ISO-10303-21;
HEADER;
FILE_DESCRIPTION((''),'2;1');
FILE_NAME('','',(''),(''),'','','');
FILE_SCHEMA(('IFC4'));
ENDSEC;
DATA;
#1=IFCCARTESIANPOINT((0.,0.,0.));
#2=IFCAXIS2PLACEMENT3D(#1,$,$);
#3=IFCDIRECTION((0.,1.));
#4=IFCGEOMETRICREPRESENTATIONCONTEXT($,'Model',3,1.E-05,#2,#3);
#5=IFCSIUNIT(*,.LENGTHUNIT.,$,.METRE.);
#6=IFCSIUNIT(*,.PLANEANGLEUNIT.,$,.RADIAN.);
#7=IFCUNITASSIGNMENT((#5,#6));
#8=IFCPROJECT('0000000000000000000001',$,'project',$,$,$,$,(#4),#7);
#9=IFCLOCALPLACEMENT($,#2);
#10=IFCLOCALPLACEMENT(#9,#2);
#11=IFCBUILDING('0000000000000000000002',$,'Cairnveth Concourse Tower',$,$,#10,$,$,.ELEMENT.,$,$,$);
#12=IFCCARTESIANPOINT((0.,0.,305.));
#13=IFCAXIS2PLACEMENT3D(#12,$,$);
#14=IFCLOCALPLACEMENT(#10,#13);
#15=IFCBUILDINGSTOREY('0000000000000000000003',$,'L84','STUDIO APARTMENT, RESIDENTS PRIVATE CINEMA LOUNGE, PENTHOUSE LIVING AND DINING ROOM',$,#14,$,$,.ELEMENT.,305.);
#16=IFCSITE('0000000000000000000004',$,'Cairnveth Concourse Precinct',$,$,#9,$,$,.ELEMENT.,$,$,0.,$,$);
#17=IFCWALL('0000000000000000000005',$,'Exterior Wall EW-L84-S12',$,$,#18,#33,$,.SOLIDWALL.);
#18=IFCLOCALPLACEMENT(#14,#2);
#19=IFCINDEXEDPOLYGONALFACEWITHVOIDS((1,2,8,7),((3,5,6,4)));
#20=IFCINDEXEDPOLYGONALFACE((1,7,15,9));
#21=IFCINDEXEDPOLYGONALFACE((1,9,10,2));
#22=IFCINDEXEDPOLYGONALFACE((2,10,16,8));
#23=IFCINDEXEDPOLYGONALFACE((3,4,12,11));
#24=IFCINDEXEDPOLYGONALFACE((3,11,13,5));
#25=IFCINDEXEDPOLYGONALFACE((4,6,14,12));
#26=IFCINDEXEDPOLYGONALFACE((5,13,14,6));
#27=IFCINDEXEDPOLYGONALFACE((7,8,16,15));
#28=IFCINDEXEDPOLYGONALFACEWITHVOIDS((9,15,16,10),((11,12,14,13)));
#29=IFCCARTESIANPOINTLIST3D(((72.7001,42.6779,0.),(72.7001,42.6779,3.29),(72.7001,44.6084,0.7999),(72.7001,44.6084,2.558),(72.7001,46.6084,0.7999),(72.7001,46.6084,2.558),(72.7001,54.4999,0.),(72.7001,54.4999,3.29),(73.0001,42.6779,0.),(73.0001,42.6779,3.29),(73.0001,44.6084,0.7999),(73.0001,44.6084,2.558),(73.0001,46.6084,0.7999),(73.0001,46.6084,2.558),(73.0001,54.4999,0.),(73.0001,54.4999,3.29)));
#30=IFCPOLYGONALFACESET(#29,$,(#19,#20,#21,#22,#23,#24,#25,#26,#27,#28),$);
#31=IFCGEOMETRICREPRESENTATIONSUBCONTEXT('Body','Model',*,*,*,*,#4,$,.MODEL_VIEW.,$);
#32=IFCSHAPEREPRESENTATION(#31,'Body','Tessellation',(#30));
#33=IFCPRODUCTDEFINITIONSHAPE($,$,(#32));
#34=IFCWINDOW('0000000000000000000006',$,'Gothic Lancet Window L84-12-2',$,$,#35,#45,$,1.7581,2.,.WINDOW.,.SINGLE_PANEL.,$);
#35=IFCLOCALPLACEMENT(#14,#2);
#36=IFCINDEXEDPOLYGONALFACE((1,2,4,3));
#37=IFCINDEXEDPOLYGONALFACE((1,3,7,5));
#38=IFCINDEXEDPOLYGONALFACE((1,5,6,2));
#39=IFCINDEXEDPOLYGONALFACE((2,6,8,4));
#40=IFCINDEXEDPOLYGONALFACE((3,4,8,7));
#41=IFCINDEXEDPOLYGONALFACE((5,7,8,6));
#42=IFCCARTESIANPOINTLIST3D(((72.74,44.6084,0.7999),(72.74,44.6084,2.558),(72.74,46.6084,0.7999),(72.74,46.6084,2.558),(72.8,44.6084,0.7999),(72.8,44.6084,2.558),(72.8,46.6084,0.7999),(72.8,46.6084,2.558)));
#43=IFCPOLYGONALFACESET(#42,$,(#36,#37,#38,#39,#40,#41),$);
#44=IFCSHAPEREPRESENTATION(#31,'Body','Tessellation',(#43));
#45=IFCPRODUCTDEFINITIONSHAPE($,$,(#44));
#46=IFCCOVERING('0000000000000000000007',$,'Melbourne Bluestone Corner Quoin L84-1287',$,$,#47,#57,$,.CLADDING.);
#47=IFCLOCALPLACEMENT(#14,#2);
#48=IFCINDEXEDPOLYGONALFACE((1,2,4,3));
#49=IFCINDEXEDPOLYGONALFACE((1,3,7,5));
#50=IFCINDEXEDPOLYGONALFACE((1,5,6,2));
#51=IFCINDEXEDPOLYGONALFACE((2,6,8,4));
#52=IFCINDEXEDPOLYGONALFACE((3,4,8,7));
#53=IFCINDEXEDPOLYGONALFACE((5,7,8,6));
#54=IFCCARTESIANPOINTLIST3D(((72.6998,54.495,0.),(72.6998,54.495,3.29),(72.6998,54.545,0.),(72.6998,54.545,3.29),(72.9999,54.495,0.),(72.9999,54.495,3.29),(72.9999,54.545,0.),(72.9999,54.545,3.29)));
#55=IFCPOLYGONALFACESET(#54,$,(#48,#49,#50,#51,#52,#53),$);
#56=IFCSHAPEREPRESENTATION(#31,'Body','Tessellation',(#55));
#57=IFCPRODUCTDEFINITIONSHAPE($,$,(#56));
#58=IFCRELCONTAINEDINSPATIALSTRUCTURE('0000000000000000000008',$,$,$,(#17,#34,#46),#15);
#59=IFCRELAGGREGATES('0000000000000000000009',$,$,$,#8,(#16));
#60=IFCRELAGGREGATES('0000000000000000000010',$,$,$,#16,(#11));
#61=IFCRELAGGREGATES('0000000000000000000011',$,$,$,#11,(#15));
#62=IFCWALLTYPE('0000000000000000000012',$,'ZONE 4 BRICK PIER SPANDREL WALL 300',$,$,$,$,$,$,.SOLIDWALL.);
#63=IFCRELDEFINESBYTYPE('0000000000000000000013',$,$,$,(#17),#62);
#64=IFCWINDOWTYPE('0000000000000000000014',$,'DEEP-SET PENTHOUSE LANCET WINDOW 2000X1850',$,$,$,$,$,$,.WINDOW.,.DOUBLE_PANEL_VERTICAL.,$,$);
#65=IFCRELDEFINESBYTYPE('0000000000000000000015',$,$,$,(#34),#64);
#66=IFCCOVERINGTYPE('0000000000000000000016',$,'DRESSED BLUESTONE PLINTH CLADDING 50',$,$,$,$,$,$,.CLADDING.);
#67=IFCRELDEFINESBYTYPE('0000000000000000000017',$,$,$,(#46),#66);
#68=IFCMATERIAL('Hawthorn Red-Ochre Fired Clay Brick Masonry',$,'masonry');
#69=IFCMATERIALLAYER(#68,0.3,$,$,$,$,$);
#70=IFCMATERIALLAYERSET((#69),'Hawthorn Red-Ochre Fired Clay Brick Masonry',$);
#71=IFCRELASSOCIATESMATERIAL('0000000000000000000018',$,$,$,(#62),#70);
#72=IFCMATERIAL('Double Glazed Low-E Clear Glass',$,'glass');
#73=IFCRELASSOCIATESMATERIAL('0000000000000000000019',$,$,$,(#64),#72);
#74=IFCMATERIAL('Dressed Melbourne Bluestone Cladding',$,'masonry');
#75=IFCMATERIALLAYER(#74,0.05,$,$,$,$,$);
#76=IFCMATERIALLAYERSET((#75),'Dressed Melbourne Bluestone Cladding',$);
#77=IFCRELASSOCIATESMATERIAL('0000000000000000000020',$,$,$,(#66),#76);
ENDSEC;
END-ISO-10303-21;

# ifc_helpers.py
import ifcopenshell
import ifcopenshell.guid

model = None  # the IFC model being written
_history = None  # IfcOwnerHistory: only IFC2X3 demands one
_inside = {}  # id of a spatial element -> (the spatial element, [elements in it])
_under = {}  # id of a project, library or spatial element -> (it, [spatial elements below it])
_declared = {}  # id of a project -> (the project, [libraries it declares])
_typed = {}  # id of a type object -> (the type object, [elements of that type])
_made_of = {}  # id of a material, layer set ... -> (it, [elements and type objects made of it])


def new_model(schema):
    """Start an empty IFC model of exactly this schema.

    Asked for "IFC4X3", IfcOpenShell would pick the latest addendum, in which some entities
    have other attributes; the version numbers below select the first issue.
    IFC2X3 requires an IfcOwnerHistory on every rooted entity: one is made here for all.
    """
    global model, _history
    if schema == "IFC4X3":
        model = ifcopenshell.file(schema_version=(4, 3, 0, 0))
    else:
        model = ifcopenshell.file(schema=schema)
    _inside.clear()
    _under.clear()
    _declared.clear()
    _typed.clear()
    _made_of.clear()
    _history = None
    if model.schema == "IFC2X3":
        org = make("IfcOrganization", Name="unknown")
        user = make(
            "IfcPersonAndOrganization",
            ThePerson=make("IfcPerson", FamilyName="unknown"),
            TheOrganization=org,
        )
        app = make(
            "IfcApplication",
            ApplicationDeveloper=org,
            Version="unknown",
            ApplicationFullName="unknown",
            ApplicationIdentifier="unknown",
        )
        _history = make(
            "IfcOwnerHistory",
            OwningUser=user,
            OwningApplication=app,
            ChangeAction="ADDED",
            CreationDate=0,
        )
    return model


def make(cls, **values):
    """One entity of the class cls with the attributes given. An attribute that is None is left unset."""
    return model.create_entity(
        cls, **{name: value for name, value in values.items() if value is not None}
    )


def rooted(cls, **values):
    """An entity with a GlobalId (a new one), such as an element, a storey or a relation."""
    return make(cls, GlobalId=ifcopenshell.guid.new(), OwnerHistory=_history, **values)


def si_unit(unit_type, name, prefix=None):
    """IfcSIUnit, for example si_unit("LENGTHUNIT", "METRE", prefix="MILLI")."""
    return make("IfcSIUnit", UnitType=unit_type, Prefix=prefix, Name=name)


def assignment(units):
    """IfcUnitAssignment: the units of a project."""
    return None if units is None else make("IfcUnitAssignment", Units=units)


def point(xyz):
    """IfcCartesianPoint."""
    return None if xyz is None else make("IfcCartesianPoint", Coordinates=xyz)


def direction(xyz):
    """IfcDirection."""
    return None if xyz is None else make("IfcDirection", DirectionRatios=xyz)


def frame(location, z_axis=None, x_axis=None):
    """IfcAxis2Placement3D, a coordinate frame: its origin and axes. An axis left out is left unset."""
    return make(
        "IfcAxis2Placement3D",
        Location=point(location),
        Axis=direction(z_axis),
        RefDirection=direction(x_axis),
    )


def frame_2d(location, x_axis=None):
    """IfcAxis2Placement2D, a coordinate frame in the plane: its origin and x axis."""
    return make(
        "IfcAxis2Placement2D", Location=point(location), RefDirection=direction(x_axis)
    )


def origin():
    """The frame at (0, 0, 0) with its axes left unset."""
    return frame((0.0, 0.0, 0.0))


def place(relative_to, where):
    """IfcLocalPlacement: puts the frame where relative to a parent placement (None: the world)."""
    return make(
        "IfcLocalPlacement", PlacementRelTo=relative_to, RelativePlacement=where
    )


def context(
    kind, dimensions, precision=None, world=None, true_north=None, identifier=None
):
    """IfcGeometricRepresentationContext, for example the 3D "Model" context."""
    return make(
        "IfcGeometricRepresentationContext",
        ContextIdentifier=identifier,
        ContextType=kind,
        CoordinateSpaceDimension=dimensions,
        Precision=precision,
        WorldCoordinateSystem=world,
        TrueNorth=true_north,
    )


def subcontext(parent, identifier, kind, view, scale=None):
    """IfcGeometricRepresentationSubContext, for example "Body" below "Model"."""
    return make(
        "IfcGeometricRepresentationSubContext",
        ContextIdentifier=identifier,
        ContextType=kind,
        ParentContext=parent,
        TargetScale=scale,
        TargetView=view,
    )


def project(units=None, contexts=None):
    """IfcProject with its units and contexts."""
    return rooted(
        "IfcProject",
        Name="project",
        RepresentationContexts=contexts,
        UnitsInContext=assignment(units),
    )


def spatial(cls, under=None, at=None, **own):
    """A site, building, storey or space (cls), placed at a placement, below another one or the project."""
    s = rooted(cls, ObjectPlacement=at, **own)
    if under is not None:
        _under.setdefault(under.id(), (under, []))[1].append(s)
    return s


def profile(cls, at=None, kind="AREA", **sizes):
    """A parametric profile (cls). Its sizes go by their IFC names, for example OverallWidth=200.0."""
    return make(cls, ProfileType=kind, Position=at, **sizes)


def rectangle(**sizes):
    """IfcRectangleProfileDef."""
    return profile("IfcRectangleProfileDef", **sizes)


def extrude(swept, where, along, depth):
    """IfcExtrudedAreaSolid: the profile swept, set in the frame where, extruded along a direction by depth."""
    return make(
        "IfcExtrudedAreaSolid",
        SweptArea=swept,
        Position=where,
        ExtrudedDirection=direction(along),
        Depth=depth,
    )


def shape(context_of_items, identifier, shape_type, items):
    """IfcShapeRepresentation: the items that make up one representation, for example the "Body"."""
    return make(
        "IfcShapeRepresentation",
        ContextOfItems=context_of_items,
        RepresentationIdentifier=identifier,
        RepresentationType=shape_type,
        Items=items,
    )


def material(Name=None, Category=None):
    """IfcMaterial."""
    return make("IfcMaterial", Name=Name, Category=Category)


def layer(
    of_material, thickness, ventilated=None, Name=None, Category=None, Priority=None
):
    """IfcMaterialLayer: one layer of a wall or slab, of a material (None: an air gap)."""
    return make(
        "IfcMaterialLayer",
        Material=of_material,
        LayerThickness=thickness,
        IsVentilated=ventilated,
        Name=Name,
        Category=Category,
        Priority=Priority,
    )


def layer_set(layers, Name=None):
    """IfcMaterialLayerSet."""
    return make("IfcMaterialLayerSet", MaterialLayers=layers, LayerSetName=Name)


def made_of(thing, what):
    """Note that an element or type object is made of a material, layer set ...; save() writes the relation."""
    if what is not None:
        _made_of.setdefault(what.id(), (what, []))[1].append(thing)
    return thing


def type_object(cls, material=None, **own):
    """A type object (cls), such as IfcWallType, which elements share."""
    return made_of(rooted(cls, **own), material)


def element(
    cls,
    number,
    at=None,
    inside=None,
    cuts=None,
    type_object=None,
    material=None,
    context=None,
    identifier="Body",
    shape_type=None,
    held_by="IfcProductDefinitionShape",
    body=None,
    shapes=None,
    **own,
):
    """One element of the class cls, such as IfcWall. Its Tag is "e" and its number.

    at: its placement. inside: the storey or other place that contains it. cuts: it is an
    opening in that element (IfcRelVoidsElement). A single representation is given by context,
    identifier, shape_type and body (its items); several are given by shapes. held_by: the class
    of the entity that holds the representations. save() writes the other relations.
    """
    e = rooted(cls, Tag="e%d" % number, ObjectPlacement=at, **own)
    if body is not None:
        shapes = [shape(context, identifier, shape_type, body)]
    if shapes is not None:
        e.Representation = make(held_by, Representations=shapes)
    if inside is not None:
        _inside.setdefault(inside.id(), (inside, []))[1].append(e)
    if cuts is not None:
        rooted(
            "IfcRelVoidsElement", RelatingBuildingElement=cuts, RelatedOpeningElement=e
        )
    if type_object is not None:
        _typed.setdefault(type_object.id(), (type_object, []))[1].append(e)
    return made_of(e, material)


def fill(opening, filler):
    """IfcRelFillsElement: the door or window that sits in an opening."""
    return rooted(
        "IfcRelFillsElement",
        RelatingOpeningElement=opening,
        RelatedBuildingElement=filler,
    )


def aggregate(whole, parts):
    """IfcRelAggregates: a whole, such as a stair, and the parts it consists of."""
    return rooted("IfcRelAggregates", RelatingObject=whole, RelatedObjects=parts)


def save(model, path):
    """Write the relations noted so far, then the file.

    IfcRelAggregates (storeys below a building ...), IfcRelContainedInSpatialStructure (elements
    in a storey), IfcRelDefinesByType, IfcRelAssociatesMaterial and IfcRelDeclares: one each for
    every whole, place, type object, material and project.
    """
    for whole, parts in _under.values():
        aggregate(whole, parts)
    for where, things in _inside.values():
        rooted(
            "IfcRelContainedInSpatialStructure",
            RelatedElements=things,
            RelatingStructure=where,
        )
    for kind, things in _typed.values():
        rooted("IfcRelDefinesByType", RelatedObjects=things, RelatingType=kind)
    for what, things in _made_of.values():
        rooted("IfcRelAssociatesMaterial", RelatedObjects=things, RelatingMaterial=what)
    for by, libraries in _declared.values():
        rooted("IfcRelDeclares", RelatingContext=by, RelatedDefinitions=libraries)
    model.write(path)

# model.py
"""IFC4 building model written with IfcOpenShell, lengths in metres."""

from ifc_helpers import new_model, si_unit, direction, frame, frame_2d, origin, place, context, subcontext, project, spatial, rectangle, extrude, material, layer, layer_set, type_object, element, fill, save


model = new_model("IFC4")

# Units and contexts
model_context = context("Model", 3, precision=1e-05, world=origin(), true_north=direction((0.0, 1.0)))
body_context = subcontext(model_context, "Body", "Model", "MODEL_VIEW")
ifc_project = project(units=[si_unit("LENGTHUNIT", "METRE"), si_unit("PLANEANGLEUNIT", "RADIAN")], contexts=[model_context])

# Site, building, storey
site_placement = place(None, origin())
site = spatial("IfcSite", under=ifc_project, at=site_placement, Name="Cairnveth Concourse Precinct", CompositionType="ELEMENT", RefElevation=0.0)
building_placement = place(site_placement, origin())
building = spatial("IfcBuilding", under=site, at=building_placement, Name="Cairnveth Concourse Tower", CompositionType="ELEMENT")
storey_placement = place(building_placement, frame((0.0, 0.0, 305.0)))
storey = spatial("IfcBuildingStorey", under=building, at=storey_placement, Name="L84", Description="STUDIO APARTMENT, RESIDENTS PRIVATE CINEMA LOUNGE, PENTHOUSE LIVING AND DINING ROOM", CompositionType="ELEMENT", Elevation=305.0)

# Shared definitions
ifc_material_1 = material(Name="Hawthorn Red-Ochre Fired Clay Brick Masonry", Category="masonry")
ifc_layer_1 = layer(ifc_material_1, 0.3)
ifc_layer_set_1 = layer_set([ifc_layer_1], Name="Hawthorn Red-Ochre Fired Clay Brick Masonry")
wall_type_1 = type_object("IfcWallType", Name="ZONE 4 BRICK PIER SPANDREL WALL 300", PredefinedType="SOLIDWALL", material=ifc_layer_set_1)

# Wall, opening, window
wall_1_placement = place(storey_placement, frame((72.8501, 54.5, 0.0), z_axis=(0.0, 0.0, 1.0), x_axis=(0.0, -1.0, 0.0)))
wall_1 = element("IfcWall", 1, at=wall_1_placement, inside=storey, type_object=wall_type_1, Name="Exterior Wall EW-L84-S12", PredefinedType="SOLIDWALL", context=body_context, shape_type="SweptSolid", body=[
    extrude(rectangle(XDim=11.822, YDim=0.3, at=frame_2d((5.9111, 0.0))), origin(), (0.0, 0.0, 1.0), 3.29),
])
opening_1_placement = place(wall_1_placement, frame((7.8916, 0.0, 0.8)))
opening_1 = element("IfcOpeningElement", 2, at=opening_1_placement, cuts=wall_1, PredefinedType="OPENING", context=body_context, shape_type="SweptSolid", body=[
    extrude(rectangle(XDim=2.0, YDim=1.7581, at=frame_2d((1.0, 0.8789))), frame((0.0, 0.1599, 0.0), z_axis=(0.0, -1.0, 0.0), x_axis=(1.0, 0.0, 0.0)), (0.0, 0.0, 1.0), 0.3201),
])
ifc_material_2 = material(Name="Double Glazed Low-E Clear Glass", Category="glass")
window_type = type_object("IfcWindowType", Name="DEEP-SET PENTHOUSE LANCET WINDOW 2000X1850", PartitioningType="DOUBLE_PANEL_VERTICAL", PredefinedType="WINDOW", material=ifc_material_2)
window_placement = place(opening_1_placement, origin())
window = element("IfcWindow", 3, at=window_placement, inside=storey, type_object=window_type, Name="Gothic Lancet Window L84-12-2", OverallHeight=1.7581, OverallWidth=2.0, PartitioningType="SINGLE_PANEL", PredefinedType="WINDOW", context=body_context, shape_type="SweptSolid", body=[
    extrude(rectangle(XDim=2.0, YDim=1.7581, at=frame_2d((1.0, 0.8789))), frame((0.0, -0.05, 0.0), z_axis=(0.0, -1.0, 0.0), x_axis=(1.0, 0.0, 0.0)), (0.0, 0.0, 1.0), 0.0601),
])
fill(opening_1, window)

# Covering
ifc_material_3 = material(Name="Dressed Melbourne Bluestone Cladding", Category="masonry")
ifc_layer_2 = layer(ifc_material_3, 0.05)
ifc_layer_set_2 = layer_set([ifc_layer_2], Name="Dressed Melbourne Bluestone Cladding")
covering_type = type_object("IfcCoveringType", Name="DRESSED BLUESTONE PLINTH CLADDING 50", PredefinedType="CLADDING", material=ifc_layer_set_2)
covering_placement = place(storey_placement, frame((72.7, 54.52, 0.0), z_axis=(0.0, 0.0, 1.0), x_axis=(1.0, 0.0, 0.0)))
element("IfcCovering", 4, at=covering_placement, inside=storey, type_object=covering_type, Name="Melbourne Bluestone Corner Quoin L84-1287", PredefinedType="CLADDING", context=body_context, shape_type="SweptSolid", body=[
    extrude(rectangle(XDim=0.3, YDim=0.05, at=frame_2d((0.1499, 0.0))), origin(), (0.0, 0.0, 1.0), 3.29),
])

save(model, "model.ifc")
